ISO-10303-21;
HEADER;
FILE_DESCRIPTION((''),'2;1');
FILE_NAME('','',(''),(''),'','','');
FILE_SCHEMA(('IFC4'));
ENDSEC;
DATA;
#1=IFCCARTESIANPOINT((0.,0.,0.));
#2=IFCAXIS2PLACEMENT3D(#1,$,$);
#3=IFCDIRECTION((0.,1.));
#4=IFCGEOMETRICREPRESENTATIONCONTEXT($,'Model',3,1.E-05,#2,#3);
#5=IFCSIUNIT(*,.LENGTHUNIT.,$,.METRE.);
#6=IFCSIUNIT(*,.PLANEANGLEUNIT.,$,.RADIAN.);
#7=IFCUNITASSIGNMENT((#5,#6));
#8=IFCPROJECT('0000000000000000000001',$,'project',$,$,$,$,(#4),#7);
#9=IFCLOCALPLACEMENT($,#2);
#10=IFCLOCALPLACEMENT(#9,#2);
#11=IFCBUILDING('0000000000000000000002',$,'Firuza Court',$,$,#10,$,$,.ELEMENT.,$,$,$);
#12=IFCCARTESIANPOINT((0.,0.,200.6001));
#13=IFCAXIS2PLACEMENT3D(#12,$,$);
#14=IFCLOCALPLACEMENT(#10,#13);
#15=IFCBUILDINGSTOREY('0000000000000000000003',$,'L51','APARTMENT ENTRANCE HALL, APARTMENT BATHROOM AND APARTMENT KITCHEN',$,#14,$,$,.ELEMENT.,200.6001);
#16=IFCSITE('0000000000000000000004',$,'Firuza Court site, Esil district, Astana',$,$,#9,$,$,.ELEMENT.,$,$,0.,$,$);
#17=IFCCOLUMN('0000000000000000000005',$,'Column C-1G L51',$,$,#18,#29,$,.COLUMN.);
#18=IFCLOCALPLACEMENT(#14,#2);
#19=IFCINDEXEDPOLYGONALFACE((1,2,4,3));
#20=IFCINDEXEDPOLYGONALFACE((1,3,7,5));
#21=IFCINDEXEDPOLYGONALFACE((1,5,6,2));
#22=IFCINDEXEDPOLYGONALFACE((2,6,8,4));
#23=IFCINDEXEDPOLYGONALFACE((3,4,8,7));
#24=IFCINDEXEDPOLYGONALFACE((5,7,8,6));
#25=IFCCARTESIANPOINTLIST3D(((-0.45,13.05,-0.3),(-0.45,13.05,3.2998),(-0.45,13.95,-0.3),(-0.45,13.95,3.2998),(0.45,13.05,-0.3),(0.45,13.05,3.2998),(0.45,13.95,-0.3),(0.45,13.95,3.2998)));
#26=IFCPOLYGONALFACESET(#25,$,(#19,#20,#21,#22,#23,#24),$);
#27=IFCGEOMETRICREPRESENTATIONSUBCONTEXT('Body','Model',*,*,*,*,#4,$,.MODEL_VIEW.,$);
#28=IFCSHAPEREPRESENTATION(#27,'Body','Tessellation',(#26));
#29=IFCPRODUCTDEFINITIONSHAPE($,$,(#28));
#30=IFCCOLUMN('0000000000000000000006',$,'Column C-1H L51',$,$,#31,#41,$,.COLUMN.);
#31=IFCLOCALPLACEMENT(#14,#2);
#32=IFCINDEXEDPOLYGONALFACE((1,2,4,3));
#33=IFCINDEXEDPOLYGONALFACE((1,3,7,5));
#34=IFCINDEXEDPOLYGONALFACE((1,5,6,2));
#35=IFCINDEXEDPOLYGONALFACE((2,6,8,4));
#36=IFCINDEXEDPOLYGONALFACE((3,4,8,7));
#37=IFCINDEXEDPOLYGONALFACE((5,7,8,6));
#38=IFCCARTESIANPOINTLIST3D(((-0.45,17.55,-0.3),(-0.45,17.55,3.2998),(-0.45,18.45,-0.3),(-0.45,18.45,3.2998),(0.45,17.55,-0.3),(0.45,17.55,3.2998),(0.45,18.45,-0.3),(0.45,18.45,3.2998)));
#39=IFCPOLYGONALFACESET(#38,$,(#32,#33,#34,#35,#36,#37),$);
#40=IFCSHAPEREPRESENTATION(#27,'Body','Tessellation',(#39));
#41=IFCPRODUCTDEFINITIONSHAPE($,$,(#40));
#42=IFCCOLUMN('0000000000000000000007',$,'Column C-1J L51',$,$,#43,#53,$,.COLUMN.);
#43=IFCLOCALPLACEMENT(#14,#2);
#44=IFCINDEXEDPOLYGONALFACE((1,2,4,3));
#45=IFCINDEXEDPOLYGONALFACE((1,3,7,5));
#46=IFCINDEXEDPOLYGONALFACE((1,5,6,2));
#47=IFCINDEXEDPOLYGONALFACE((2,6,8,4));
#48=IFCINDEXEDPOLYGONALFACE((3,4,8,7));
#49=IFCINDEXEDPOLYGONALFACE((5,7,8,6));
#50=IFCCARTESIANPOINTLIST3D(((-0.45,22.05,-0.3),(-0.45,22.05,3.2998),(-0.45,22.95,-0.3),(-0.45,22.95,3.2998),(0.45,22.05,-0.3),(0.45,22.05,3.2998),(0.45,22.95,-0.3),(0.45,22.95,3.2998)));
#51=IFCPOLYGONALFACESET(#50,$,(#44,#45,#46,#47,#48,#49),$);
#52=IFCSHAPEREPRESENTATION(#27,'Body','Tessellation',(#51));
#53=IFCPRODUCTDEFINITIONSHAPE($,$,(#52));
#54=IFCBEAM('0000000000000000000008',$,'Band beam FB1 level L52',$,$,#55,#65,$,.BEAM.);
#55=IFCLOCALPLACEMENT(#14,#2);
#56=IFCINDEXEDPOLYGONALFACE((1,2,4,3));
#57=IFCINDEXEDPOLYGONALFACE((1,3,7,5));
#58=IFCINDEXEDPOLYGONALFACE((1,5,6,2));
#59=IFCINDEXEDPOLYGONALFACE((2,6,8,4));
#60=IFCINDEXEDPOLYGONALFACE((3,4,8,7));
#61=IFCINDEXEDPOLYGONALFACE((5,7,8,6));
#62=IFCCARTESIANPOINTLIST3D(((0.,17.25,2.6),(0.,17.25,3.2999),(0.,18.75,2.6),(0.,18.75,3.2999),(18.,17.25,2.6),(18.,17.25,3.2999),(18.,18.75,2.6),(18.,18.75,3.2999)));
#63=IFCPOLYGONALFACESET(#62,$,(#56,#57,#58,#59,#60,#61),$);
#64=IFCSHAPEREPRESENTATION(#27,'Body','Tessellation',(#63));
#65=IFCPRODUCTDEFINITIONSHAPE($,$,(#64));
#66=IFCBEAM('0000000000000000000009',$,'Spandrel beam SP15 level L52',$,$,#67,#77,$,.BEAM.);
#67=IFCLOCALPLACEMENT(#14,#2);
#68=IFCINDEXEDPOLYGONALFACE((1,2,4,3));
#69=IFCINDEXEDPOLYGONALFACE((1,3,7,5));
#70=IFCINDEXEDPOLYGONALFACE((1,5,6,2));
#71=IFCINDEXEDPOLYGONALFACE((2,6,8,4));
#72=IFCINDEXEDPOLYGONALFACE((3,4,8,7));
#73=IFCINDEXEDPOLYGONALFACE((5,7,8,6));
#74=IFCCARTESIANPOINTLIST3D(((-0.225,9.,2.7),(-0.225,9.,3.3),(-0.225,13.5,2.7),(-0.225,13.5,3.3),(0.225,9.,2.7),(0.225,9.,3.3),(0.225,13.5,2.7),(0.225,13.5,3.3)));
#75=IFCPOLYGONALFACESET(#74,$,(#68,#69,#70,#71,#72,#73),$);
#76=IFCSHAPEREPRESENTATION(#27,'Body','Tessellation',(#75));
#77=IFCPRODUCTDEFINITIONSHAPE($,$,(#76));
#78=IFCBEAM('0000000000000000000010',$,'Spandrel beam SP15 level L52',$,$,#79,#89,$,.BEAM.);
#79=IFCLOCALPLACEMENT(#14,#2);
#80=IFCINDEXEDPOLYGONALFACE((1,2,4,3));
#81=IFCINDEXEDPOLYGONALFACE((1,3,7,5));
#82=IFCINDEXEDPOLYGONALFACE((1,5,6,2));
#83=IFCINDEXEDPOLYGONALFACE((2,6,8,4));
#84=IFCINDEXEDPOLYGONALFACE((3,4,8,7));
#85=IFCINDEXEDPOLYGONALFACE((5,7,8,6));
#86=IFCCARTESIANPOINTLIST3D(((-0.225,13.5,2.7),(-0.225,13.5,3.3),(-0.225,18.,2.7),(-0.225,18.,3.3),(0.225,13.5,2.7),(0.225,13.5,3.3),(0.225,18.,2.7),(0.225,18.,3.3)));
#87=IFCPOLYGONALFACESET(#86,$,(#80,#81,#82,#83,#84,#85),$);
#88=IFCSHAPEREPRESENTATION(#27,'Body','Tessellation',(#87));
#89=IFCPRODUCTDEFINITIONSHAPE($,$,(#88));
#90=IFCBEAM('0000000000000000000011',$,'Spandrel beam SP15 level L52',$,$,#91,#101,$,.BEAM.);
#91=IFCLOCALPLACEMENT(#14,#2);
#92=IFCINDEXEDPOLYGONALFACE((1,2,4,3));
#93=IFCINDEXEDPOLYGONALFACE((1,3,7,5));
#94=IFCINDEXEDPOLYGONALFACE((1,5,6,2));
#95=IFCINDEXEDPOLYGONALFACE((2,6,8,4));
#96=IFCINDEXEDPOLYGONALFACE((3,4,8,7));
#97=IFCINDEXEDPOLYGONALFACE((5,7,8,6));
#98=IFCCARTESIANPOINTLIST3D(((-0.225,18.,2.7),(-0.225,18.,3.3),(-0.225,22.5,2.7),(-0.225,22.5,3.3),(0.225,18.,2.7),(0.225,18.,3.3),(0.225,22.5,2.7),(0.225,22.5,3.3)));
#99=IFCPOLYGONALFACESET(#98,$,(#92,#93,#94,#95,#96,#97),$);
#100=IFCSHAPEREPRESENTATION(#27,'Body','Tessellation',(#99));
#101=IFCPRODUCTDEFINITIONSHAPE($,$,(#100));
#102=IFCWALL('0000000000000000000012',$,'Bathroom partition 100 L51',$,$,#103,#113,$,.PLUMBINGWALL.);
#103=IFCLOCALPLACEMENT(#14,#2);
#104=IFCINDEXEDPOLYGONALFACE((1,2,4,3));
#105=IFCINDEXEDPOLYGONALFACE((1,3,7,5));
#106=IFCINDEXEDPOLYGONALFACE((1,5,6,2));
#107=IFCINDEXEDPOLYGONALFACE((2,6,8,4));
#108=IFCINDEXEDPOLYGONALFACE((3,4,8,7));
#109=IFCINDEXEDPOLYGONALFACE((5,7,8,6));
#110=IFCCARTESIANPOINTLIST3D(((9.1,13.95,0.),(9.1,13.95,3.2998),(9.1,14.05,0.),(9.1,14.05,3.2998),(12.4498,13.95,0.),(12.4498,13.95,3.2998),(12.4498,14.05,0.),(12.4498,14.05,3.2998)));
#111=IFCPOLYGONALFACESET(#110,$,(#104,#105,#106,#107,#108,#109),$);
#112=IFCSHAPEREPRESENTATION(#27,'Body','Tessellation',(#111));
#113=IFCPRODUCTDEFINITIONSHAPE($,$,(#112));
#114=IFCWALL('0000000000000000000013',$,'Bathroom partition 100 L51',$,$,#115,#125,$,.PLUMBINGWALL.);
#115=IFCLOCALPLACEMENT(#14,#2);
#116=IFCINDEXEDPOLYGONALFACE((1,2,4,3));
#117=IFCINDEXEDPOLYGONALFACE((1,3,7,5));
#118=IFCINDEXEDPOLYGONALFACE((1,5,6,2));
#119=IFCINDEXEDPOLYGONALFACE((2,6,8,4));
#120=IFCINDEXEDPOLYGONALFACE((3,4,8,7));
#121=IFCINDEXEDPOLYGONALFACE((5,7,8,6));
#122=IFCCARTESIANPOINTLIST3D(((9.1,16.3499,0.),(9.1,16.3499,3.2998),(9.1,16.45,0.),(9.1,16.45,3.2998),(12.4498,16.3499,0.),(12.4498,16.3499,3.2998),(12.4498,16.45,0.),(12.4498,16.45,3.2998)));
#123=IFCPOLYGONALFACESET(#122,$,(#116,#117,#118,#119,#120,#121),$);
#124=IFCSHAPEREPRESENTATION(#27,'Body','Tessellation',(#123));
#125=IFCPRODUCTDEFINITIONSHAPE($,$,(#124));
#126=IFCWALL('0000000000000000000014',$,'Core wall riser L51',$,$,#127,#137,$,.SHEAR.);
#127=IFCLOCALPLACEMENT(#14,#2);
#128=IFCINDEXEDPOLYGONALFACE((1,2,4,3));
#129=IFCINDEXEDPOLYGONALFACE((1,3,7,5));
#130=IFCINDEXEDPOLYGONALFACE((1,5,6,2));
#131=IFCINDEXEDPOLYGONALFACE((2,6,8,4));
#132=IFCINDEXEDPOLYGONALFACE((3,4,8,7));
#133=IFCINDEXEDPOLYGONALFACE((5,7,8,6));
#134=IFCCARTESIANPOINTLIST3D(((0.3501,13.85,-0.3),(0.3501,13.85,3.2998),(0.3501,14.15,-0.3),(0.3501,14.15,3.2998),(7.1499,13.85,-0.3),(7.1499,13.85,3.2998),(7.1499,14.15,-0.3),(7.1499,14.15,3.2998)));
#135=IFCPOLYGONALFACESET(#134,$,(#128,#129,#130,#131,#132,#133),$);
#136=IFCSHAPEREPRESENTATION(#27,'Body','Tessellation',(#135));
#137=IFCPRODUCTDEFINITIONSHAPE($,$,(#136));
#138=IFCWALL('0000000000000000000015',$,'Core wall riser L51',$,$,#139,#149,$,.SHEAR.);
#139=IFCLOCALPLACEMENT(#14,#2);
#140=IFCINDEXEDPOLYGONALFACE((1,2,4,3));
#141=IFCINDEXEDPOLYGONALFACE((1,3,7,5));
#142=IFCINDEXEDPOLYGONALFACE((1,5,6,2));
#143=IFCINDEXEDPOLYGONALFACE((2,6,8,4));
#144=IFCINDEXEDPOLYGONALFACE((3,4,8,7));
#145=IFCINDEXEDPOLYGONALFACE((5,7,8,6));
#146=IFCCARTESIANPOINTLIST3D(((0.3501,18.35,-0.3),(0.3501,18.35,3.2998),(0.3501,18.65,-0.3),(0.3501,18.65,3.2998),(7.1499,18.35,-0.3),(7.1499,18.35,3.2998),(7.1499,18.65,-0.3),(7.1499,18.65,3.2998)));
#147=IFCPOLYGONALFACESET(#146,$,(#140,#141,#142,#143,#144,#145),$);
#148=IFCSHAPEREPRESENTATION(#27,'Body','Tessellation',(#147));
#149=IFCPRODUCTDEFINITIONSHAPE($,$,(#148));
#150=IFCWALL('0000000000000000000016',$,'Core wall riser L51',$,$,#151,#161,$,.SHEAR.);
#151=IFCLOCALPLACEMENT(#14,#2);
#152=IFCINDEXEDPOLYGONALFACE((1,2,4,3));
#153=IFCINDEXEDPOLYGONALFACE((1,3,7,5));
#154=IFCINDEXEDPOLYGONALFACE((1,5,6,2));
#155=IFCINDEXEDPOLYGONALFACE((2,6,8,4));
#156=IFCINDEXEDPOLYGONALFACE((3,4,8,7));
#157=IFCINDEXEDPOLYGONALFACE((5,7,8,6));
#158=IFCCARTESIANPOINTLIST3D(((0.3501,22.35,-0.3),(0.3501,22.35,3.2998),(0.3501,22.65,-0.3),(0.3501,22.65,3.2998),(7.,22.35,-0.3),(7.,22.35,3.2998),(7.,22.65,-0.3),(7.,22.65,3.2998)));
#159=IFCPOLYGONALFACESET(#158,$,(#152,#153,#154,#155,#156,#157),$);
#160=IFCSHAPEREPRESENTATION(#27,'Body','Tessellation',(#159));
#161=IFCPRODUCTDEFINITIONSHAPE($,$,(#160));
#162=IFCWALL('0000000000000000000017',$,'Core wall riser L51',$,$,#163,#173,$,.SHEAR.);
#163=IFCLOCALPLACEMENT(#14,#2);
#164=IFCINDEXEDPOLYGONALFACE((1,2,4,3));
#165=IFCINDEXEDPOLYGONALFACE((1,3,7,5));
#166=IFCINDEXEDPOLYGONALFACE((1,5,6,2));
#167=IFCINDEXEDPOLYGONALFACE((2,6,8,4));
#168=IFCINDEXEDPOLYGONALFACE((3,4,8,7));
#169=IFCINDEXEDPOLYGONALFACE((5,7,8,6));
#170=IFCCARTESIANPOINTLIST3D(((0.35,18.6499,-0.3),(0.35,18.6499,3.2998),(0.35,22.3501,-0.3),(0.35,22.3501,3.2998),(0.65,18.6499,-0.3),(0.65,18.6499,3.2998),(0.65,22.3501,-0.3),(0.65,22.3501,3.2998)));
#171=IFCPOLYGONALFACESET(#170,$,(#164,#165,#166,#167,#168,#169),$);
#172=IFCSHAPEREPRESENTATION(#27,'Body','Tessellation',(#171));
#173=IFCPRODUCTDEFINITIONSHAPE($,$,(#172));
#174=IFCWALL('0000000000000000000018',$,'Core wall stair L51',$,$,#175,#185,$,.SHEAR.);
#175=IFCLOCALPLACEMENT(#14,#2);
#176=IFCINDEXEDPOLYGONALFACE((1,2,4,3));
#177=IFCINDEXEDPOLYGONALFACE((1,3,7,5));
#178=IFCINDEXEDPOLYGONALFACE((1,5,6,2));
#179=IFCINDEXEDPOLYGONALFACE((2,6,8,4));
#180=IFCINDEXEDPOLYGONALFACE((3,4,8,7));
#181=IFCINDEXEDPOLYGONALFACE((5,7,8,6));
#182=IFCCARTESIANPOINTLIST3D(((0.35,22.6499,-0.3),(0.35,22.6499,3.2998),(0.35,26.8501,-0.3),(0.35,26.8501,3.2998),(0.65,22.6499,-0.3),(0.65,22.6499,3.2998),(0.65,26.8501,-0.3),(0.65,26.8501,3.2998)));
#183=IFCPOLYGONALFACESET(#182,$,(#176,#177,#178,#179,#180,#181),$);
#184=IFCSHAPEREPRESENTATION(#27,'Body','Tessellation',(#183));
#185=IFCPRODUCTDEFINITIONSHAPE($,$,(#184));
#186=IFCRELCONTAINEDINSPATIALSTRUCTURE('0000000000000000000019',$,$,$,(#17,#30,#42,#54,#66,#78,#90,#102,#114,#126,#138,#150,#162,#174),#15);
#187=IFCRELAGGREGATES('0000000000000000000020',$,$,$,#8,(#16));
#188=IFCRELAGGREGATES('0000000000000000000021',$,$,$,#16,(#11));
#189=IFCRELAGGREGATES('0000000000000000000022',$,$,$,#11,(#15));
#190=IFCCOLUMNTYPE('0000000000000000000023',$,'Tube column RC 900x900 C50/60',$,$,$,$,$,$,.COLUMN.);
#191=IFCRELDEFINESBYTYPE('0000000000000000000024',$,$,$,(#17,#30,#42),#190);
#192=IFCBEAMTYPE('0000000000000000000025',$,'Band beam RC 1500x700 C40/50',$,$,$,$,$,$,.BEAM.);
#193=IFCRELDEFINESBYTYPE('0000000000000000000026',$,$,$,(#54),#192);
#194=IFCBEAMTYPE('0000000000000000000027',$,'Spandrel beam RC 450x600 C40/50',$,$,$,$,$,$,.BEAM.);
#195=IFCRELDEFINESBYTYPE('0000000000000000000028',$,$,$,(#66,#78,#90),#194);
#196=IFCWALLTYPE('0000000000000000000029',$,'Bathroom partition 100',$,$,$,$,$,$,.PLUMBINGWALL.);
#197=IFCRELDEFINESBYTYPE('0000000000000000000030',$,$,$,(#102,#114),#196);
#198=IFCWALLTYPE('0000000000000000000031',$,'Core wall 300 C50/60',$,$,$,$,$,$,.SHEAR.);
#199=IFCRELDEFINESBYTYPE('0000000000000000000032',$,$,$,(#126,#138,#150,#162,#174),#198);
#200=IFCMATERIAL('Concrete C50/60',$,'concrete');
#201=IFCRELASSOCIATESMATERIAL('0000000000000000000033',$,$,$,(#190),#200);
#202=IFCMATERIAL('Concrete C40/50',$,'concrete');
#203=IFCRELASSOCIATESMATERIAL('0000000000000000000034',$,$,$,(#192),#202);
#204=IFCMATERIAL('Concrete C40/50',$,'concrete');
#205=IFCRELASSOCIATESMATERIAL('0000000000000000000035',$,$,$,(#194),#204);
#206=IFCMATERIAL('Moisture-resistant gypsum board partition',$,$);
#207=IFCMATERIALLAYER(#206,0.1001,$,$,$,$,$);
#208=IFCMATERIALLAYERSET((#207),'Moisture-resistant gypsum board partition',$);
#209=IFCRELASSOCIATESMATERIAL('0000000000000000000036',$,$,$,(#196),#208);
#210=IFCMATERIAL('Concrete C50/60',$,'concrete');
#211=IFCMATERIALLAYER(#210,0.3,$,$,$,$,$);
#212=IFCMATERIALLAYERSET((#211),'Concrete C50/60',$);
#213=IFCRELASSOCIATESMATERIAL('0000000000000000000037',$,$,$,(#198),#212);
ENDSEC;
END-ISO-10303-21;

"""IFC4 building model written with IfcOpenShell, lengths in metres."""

from ifc_helpers import new_model, si_unit, direction, frame, frame_2d, origin, origin_2d, place, context, subcontext, project, spatial, rectangle, extrude, material, layer, layer_set, material_profile, profile_set, type_object, element, save


model = new_model("IFC4")

# Units and contexts
model_context = context("Model", 3, precision=1e-05, world=origin(), true_north=direction((0.0, 1.0)))
body_context = subcontext(model_context, "Body", "Model", "MODEL_VIEW")
ifc_project = project(units=[si_unit("LENGTHUNIT", "METRE"), si_unit("PLANEANGLEUNIT", "RADIAN")], contexts=[model_context])

# Site, building, storey
site_placement = place(None, origin())
site = spatial("IfcSite", under=ifc_project, at=site_placement, Name="Firuza Court site, Esil district, Astana", CompositionType="ELEMENT", RefElevation=0.0)
building_placement = place(site_placement, origin())
building = spatial("IfcBuilding", under=site, at=building_placement, Name="Firuza Court", CompositionType="ELEMENT")
storey_placement = place(building_placement, frame((0.0, 0.0, 200.6001)))
storey = spatial("IfcBuildingStorey", under=building, at=storey_placement, Name="L51", Description="APARTMENT ENTRANCE HALL, APARTMENT BATHROOM AND APARTMENT KITCHEN", CompositionType="ELEMENT", Elevation=200.6001)

# Columns
ifc_material_1 = material(Name="Concrete C50/60", Category="concrete")
ifc_material_profile_1 = material_profile(ifc_material_1, rectangle(XDim=0.8999, YDim=0.8999, at=origin_2d()), Name="RC 900x900")
ifc_profile_set_1 = profile_set([ifc_material_profile_1], Name="Concrete C50/60")
column_type = type_object("IfcColumnType", Name="Tube column RC 900x900 C50/60", PredefinedType="COLUMN", material=ifc_profile_set_1)
for number, where, z_axis, x_axis, name in (
    (1, (0.0, 13.5, -0.3), (0.0, 0.0, 1.0), (1.0, 0.0, 0.0), "Column C-1G L51"),
    (2, (0.0, 18.0, -0.3), (0.0, 0.0, 1.0), (1.0, 0.0, 0.0), "Column C-1H L51"),
    (3, (0.0, 22.5, -0.3), (0.0, 0.0, 1.0), (1.0, 0.0, 0.0), "Column C-1J L51"),
):
    element("IfcColumn", number, at=place(storey_placement, frame(where, z_axis=z_axis, x_axis=x_axis)), inside=storey, type_object=column_type, Name=name, PredefinedType="COLUMN", context=body_context, shape_type="SweptSolid", body=[
        extrude(rectangle(XDim=0.8999, YDim=0.8999, at=origin_2d()), origin(), (0.0, 0.0, 1.0), 3.5999),
    ])

# Beams
ifc_material_2 = material(Name="Concrete C40/50", Category="concrete")
ifc_material_profile_2 = material_profile(ifc_material_2, rectangle(XDim=1.5, YDim=0.7, at=origin_2d()), Name="RC 1500x700")
ifc_profile_set_2 = profile_set([ifc_material_profile_2], Name="Concrete C40/50")
beam_type_1 = type_object("IfcBeamType", Name="Band beam RC 1500x700 C40/50", PredefinedType="BEAM", material=ifc_profile_set_2)
beam_placement = place(storey_placement, frame((0.0, 18.0, 2.95), z_axis=(1.0, 0.0, 0.0), x_axis=(0.0, 1.0, 0.0)))
element("IfcBeam", 4, at=beam_placement, inside=storey, type_object=beam_type_1, Name="Band beam FB1 level L52", PredefinedType="BEAM", context=body_context, shape_type="SweptSolid", body=[
    extrude(rectangle(XDim=1.5, YDim=0.7, at=origin_2d()), origin(), (0.0, 0.0, 1.0), 18.0),
])
ifc_material_3 = material(Name="Concrete C40/50", Category="concrete")
ifc_material_profile_3 = material_profile(ifc_material_3, rectangle(XDim=0.45, YDim=0.6001, at=origin_2d()), Name="RC 450x600")
ifc_profile_set_3 = profile_set([ifc_material_profile_3], Name="Concrete C40/50")
beam_type_2 = type_object("IfcBeamType", Name="Spandrel beam RC 450x600 C40/50", PredefinedType="BEAM", material=ifc_profile_set_3)
for number, where, z_axis, x_axis, name in (
    (5, (0.0, 13.5, 3.0), (0.0, -1.0, 0.0), (1.0, 0.0, 0.0), "Spandrel beam SP15 level L52"),
    (6, (0.0, 18.0, 3.0), (0.0, -1.0, 0.0), (1.0, 0.0, 0.0), "Spandrel beam SP15 level L52"),
    (7, (0.0, 22.5, 3.0), (0.0, -1.0, 0.0), (1.0, 0.0, 0.0), "Spandrel beam SP15 level L52"),
):
    element("IfcBeam", number, at=place(storey_placement, frame(where, z_axis=z_axis, x_axis=x_axis)), inside=storey, type_object=beam_type_2, Name=name, PredefinedType="BEAM", context=body_context, shape_type="SweptSolid", body=[
        extrude(rectangle(XDim=0.45, YDim=0.6001, at=origin_2d()), origin(), (0.0, 0.0, 1.0), 4.5),
    ])

# Walls
ifc_material_4 = material(Name="Moisture-resistant gypsum board partition")
ifc_layer_1 = layer(ifc_material_4, 0.1001)
ifc_layer_set_1 = layer_set([ifc_layer_1], Name="Moisture-resistant gypsum board partition")
wall_type_1 = type_object("IfcWallType", Name="Bathroom partition 100", PredefinedType="PLUMBINGWALL", material=ifc_layer_set_1)
for number, where, z_axis, x_axis, name in (
    (8, (9.1001, 14.0, 0.0), (0.0, 0.0, 1.0), (1.0, 0.0, 0.0), "Bathroom partition 100 L51"),
    (9, (9.1001, 16.3999, 0.0), (0.0, 0.0, 1.0), (1.0, 0.0, 0.0), "Bathroom partition 100 L51"),
):
    element("IfcWall", number, at=place(storey_placement, frame(where, z_axis=z_axis, x_axis=x_axis)), inside=storey, type_object=wall_type_1, Name=name, PredefinedType="PLUMBINGWALL", context=body_context, shape_type="SweptSolid", body=[
        extrude(rectangle(XDim=3.3499, YDim=0.1001, at=frame_2d((1.6748, 0.0))), origin(), (0.0, 0.0, 1.0), 3.2998),
    ])
ifc_material_5 = material(Name="Concrete C50/60", Category="concrete")
ifc_layer_2 = layer(ifc_material_5, 0.3)
ifc_layer_set_2 = layer_set([ifc_layer_2], Name="Concrete C50/60")
wall_type_2 = type_object("IfcWallType", Name="Core wall 300 C50/60", PredefinedType="SHEAR", material=ifc_layer_set_2)
for number, where, z_axis, x_axis, name in (
    (10, (0.3501, 14.0, -0.3), (0.0, 0.0, 1.0), (1.0, 0.0, 0.0), "Core wall riser L51"),
    (11, (0.3501, 18.5, -0.3), (0.0, 0.0, 1.0), (1.0, 0.0, 0.0), "Core wall riser L51"),
):
    element("IfcWall", number, at=place(storey_placement, frame(where, z_axis=z_axis, x_axis=x_axis)), inside=storey, type_object=wall_type_2, Name=name, PredefinedType="SHEAR", context=body_context, shape_type="SweptSolid", body=[
        extrude(rectangle(XDim=6.7998, YDim=0.3, at=frame_2d((3.3999, 0.0))), origin(), (0.0, 0.0, 1.0), 3.5999),
    ])
wall_1_placement = place(storey_placement, frame((0.3501, 22.5, -0.3), z_axis=(0.0, 0.0, 1.0), x_axis=(1.0, 0.0, 0.0)))
element("IfcWall", 12, at=wall_1_placement, inside=storey, type_object=wall_type_2, Name="Core wall riser L51", PredefinedType="SHEAR", context=body_context, shape_type="SweptSolid", body=[
    extrude(rectangle(XDim=6.6499, YDim=0.3, at=frame_2d((3.325, 0.0))), origin(), (0.0, 0.0, 1.0), 3.5999),
])
wall_2_placement = place(storey_placement, frame((0.5, 18.6499, -0.3), z_axis=(0.0, 0.0, 1.0), x_axis=(0.0, 1.0, 0.0)))
element("IfcWall", 13, at=wall_2_placement, inside=storey, type_object=wall_type_2, Name="Core wall riser L51", PredefinedType="SHEAR", context=body_context, shape_type="SweptSolid", body=[
    extrude(rectangle(XDim=3.7002, YDim=0.3, at=frame_2d((1.8501, 0.0))), origin(), (0.0, 0.0, 1.0), 3.5999),
])
wall_3_placement = place(storey_placement, frame((0.5, 22.6499, -0.3), z_axis=(0.0, 0.0, 1.0), x_axis=(0.0, 1.0, 0.0)))
element("IfcWall", 14, at=wall_3_placement, inside=storey, type_object=wall_type_2, Name="Core wall stair L51", PredefinedType="SHEAR", context=body_context, shape_type="SweptSolid", body=[
    extrude(rectangle(XDim=4.2002, YDim=0.3, at=frame_2d((2.1001, 0.0))), origin(), (0.0, 0.0, 1.0), 3.5999),
])

save(model, "model.ifc")
